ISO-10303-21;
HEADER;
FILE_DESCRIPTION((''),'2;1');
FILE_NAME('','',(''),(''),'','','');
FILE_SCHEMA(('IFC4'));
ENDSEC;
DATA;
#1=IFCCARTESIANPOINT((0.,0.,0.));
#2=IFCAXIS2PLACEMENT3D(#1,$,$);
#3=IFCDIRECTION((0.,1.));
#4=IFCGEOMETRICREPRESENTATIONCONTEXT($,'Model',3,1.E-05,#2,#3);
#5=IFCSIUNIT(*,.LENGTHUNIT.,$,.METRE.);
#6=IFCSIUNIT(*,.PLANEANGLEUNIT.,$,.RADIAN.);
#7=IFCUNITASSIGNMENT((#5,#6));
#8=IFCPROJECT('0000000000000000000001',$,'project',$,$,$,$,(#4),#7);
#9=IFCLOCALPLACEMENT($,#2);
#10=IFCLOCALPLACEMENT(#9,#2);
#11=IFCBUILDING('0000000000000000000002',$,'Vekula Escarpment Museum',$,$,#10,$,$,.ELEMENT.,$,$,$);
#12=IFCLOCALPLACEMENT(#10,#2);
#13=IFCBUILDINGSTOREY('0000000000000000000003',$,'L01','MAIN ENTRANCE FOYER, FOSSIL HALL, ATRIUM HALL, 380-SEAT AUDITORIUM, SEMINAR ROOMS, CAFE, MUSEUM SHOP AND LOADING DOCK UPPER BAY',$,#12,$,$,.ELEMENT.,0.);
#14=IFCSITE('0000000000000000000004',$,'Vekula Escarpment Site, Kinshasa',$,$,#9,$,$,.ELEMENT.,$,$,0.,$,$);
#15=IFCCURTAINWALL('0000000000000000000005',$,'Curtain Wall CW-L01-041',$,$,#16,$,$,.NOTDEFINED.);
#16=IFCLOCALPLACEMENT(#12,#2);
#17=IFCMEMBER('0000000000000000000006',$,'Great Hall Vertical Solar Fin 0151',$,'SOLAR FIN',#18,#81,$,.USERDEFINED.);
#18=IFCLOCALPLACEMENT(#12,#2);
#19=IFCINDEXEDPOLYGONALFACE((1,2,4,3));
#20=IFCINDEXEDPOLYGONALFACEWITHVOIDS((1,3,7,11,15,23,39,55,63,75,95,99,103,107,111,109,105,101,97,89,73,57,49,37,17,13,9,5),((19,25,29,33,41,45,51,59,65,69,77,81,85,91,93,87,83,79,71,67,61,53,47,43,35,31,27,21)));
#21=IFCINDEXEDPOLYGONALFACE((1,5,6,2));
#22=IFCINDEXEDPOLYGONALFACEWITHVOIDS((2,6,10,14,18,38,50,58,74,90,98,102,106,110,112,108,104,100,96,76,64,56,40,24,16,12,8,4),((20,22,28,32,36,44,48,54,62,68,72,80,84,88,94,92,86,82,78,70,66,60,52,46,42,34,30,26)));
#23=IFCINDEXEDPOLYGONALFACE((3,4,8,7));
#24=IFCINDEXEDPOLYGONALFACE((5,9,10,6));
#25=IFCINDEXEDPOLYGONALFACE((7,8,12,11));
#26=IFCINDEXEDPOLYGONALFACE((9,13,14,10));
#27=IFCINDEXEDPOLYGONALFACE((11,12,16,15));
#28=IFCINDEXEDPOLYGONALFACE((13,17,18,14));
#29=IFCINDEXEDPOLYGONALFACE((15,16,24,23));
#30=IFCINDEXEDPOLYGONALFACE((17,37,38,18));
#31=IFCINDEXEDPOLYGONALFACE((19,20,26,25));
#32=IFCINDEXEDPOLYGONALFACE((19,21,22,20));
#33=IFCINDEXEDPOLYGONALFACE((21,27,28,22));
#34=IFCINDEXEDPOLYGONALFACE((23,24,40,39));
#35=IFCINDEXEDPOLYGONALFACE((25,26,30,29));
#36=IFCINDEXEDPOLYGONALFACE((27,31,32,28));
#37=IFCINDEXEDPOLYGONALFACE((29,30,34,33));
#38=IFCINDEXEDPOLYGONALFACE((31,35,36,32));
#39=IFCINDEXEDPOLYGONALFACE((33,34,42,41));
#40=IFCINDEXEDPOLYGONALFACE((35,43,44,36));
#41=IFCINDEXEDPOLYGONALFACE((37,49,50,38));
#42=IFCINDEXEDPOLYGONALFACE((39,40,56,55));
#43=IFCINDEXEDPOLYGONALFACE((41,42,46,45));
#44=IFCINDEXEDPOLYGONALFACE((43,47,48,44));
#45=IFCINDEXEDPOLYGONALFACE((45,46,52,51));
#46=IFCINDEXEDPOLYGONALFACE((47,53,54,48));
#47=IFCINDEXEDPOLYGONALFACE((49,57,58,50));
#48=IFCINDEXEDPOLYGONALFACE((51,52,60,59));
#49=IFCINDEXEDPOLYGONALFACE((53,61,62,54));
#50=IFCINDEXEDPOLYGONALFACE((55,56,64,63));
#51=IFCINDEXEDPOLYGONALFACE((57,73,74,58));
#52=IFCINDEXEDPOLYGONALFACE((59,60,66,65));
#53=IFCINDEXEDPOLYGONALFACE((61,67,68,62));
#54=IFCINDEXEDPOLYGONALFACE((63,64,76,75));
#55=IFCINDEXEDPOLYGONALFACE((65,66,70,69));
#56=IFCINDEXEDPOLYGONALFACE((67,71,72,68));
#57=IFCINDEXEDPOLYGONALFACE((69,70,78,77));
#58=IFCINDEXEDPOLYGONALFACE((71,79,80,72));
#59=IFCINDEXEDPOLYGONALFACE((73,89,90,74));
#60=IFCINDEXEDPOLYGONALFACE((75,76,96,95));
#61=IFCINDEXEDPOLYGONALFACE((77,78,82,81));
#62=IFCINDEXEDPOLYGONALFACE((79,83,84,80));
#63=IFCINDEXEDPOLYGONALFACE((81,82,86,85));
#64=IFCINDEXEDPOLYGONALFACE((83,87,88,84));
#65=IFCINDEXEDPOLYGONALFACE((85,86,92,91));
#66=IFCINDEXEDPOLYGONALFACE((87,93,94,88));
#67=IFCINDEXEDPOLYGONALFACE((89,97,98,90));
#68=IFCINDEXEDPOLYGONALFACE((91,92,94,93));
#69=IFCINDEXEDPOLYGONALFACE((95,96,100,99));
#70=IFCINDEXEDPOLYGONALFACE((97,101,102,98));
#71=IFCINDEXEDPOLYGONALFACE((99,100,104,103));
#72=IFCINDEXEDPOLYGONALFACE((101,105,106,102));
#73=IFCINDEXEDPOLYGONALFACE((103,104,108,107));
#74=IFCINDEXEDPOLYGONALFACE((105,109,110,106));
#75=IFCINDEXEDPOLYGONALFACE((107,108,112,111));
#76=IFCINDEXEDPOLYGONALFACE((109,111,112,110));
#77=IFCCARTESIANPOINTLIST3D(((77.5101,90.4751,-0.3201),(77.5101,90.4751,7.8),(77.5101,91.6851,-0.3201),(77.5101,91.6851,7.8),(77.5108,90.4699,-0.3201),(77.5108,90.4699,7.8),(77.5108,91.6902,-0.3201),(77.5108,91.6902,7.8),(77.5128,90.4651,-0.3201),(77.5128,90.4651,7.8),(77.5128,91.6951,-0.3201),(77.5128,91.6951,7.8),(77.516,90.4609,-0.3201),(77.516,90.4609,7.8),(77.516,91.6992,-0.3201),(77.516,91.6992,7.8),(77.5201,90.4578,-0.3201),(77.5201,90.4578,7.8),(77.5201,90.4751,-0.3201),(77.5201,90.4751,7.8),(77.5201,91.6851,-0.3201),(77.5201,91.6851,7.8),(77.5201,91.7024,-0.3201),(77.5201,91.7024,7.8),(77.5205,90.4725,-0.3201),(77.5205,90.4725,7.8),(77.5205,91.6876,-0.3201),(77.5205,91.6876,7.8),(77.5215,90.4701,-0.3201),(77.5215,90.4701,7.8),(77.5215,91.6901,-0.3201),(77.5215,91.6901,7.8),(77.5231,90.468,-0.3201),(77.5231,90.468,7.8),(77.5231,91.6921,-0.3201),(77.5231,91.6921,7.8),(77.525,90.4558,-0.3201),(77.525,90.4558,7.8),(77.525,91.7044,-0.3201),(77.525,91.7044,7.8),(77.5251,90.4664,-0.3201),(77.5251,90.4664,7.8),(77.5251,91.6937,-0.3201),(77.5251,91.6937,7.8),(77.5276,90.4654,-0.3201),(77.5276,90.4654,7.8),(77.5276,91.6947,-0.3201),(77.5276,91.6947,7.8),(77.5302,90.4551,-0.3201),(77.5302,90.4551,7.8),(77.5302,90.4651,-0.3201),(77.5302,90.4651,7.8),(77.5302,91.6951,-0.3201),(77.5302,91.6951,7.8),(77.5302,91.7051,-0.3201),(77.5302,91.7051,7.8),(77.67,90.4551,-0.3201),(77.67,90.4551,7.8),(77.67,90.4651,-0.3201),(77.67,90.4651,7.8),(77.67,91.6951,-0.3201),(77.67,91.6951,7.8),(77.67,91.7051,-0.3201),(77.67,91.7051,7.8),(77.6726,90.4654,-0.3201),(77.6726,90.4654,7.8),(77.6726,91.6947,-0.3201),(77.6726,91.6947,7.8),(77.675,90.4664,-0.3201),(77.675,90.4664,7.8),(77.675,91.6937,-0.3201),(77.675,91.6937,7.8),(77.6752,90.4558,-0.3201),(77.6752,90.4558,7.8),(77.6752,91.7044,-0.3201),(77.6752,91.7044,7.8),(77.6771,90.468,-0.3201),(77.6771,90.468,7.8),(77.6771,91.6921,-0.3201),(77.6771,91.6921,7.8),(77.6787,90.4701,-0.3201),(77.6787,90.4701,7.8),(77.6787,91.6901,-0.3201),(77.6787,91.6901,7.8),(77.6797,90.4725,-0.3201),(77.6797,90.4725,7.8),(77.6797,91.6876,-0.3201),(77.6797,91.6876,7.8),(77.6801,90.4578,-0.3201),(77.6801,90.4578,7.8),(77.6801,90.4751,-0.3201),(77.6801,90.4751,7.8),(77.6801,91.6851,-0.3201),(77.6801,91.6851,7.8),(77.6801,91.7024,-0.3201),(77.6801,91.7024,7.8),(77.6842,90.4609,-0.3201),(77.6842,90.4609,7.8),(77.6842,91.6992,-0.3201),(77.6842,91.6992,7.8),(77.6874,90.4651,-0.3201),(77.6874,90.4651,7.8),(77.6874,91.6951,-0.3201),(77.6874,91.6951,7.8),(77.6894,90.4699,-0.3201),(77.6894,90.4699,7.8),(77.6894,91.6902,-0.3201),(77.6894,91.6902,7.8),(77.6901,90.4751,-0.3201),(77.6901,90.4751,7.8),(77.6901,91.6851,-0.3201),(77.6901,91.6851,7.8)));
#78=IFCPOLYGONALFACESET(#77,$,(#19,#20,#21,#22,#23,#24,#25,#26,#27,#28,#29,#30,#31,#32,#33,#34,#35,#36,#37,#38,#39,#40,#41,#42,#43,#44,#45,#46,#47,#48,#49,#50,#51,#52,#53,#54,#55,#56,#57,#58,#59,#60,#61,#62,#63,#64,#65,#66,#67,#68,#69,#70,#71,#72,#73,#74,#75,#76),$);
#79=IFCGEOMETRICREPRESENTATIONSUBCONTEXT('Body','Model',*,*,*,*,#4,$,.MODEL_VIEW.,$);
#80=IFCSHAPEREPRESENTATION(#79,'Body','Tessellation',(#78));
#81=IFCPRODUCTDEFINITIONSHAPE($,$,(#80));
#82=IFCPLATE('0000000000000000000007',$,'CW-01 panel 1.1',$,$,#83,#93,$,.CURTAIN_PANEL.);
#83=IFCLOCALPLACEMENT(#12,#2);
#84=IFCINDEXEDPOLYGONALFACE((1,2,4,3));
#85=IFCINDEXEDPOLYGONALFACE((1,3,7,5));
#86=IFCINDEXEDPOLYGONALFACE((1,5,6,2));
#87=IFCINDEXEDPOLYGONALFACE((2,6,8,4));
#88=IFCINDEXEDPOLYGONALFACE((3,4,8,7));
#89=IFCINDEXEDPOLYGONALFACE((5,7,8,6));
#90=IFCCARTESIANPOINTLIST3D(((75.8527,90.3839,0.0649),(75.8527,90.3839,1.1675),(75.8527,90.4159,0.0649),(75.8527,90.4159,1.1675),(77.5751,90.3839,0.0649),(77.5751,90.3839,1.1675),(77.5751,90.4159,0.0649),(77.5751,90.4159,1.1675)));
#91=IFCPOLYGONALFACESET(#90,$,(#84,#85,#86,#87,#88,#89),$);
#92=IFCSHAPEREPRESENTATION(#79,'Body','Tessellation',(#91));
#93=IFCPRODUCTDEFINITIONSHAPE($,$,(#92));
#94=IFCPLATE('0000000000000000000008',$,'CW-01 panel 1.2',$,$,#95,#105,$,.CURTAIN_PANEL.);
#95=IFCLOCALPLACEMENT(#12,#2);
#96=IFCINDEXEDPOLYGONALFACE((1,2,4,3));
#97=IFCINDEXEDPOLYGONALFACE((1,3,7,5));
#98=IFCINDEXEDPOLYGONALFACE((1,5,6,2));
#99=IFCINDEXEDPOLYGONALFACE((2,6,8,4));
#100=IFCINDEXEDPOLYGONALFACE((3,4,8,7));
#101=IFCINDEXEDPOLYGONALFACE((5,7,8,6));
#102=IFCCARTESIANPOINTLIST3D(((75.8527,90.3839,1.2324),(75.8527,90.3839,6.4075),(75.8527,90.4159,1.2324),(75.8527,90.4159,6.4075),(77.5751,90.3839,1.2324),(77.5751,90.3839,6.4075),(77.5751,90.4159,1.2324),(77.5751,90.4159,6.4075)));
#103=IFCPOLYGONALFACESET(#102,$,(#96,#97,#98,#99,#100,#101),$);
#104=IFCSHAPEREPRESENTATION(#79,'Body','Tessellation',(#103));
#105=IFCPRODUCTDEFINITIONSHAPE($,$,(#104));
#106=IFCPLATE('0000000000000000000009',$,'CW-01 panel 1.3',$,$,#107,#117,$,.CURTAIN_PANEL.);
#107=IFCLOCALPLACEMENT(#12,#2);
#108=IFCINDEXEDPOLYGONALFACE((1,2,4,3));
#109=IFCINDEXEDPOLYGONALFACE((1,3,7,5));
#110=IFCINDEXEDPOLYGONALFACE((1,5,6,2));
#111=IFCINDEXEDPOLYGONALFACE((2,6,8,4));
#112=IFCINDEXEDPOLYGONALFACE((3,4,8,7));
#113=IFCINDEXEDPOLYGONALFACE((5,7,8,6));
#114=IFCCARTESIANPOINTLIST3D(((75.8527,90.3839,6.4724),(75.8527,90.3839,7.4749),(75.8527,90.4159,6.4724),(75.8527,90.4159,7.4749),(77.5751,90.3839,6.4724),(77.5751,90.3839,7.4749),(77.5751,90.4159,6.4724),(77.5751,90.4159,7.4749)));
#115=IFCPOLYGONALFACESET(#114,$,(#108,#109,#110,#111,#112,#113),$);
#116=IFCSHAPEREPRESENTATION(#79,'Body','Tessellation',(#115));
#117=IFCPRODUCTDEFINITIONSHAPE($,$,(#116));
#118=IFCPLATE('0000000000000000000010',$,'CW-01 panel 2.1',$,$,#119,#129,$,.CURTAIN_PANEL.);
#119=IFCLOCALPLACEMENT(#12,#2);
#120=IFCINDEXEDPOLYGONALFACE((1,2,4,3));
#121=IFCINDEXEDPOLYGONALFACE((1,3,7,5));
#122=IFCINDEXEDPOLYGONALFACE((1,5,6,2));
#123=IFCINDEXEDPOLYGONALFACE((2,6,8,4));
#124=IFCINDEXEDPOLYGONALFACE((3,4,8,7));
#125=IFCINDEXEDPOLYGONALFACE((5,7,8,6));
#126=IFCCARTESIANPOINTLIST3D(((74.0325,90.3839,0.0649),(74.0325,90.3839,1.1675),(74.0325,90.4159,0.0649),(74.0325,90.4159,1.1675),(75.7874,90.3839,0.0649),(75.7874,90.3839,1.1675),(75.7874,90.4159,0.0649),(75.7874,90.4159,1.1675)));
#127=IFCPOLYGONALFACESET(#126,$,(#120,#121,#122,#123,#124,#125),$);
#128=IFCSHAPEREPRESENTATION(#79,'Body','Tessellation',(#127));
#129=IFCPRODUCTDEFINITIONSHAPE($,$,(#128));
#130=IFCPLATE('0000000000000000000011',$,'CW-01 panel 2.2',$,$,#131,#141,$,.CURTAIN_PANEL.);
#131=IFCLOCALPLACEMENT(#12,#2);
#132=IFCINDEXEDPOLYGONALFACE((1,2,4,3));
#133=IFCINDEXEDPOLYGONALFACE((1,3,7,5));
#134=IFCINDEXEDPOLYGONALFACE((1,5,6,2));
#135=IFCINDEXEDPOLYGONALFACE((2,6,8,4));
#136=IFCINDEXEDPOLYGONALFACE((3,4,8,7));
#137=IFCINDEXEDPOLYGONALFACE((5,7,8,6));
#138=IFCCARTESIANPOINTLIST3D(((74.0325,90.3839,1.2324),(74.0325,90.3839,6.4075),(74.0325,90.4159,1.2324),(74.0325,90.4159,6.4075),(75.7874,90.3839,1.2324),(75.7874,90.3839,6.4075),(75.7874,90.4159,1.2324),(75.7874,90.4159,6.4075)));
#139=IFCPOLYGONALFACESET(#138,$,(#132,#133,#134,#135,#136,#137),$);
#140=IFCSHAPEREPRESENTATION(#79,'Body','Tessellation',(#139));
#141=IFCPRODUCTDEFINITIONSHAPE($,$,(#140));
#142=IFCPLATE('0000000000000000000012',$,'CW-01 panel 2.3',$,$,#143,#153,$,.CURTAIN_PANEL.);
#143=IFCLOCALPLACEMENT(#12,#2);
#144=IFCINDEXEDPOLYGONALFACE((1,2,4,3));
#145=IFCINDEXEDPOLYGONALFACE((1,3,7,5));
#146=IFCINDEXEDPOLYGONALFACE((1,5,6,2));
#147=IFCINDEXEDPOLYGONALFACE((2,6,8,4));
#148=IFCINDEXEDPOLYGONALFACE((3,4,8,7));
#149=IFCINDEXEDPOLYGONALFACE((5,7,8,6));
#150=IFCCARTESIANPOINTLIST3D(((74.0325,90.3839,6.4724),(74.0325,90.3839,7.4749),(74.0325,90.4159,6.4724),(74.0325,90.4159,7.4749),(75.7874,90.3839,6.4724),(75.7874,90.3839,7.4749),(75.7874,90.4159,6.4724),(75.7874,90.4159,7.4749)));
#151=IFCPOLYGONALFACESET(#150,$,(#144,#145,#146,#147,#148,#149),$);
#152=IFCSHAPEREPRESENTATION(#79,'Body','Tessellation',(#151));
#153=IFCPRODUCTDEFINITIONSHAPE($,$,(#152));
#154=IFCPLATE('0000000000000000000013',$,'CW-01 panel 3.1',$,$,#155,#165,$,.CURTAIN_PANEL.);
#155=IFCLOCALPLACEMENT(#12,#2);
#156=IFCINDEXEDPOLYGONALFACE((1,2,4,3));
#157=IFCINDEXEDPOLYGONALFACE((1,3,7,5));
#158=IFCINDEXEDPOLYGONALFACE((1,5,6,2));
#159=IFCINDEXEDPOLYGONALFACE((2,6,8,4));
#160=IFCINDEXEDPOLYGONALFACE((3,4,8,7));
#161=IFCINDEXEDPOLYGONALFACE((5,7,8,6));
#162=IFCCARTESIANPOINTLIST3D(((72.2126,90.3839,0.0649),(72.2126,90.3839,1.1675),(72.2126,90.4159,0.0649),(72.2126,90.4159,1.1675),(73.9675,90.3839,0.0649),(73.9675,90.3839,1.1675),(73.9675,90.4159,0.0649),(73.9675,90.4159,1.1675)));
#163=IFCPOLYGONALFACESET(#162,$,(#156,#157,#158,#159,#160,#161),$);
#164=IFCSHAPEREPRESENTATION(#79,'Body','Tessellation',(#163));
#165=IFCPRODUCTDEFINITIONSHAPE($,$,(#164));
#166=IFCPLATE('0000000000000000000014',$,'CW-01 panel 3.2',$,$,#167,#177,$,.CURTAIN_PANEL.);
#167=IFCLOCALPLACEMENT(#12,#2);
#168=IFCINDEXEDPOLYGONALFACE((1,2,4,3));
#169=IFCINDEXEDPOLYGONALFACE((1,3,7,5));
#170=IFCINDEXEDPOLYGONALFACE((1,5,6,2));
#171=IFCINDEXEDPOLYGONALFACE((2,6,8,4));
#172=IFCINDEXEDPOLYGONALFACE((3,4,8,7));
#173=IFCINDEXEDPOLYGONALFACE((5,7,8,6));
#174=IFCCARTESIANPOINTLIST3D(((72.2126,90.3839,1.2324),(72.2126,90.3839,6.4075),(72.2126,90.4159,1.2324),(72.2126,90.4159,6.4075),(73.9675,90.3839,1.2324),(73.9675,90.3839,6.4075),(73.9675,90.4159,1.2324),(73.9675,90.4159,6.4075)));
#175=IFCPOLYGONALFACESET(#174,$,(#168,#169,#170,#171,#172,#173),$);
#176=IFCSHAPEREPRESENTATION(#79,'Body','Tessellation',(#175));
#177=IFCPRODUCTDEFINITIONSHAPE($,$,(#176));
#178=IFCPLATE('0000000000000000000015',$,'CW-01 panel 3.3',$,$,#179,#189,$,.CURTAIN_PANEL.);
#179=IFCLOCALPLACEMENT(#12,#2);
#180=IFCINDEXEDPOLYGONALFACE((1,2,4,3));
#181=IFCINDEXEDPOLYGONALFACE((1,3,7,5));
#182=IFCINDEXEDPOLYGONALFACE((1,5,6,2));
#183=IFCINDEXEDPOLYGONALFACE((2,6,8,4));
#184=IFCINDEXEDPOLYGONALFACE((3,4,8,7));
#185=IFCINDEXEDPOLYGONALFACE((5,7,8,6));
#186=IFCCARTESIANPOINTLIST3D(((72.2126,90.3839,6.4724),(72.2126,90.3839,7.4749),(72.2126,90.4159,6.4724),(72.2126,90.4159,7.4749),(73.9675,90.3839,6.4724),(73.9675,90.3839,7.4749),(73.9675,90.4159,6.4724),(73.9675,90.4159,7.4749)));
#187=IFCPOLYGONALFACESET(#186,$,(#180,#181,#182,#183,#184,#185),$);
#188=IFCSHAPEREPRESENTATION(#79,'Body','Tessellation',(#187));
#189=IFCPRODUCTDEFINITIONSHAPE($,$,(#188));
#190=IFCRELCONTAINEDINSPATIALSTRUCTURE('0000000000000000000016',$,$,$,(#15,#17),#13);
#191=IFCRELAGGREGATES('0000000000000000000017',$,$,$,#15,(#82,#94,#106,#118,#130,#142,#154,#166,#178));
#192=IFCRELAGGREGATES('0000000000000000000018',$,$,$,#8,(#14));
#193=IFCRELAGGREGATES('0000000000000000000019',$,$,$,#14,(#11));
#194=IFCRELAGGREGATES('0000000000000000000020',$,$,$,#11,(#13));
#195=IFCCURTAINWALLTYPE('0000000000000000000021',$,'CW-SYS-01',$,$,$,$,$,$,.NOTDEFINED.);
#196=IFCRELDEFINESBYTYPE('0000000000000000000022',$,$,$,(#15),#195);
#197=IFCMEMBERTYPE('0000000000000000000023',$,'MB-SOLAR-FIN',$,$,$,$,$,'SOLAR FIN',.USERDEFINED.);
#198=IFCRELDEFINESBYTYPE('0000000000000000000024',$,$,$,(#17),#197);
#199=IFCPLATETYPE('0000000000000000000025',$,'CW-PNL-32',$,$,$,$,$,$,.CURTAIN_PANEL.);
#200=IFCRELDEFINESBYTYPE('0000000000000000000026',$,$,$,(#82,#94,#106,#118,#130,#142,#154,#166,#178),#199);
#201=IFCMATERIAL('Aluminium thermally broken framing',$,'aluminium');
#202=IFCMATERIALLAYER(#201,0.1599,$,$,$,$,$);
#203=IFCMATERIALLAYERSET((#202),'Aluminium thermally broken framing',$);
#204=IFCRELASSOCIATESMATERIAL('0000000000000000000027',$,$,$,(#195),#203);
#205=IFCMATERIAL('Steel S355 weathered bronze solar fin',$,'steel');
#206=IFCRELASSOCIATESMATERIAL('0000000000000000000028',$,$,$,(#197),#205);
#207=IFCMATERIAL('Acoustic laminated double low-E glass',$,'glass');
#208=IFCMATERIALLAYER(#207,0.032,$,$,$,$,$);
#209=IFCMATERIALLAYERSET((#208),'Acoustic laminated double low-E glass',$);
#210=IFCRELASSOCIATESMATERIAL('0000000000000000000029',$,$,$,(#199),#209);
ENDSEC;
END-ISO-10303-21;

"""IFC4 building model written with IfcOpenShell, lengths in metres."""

from ifc_helpers import new_model, si_unit, direction, frame, origin, origin_2d, place, context, subcontext, project, spatial, rectangle, hollow_rectangle, extrude, material, layer, layer_set, material_profile, profile_set, type_object, element, aggregate, save


model = new_model("IFC4")

# Units and contexts
model_context = context("Model", 3, precision=1e-05, world=origin(), true_north=direction((0.0, 1.0)))
body_context = subcontext(model_context, "Body", "Model", "MODEL_VIEW")
ifc_project = project(units=[si_unit("LENGTHUNIT", "METRE"), si_unit("PLANEANGLEUNIT", "RADIAN")], contexts=[model_context])

# Site, building, storey
site_placement = place(None, origin())
site = spatial("IfcSite", under=ifc_project, at=site_placement, Name="Vekula Escarpment Site, Kinshasa", CompositionType="ELEMENT", RefElevation=0.0)
building_placement = place(site_placement, origin())
building = spatial("IfcBuilding", under=site, at=building_placement, Name="Vekula Escarpment Museum", CompositionType="ELEMENT")
storey_placement = place(building_placement, origin())
storey = spatial("IfcBuildingStorey", under=building, at=storey_placement, Name="L01", Description="MAIN ENTRANCE FOYER, FOSSIL HALL, ATRIUM HALL, 380-SEAT AUDITORIUM, SEMINAR ROOMS, CAFE, MUSEUM SHOP AND LOADING DOCK UPPER BAY", CompositionType="ELEMENT", Elevation=0.0)

# Curtain wall
ifc_material_1 = material(Name="Aluminium thermally broken framing", Category="aluminium")
ifc_layer_1 = layer(ifc_material_1, 0.1599)
ifc_layer_set_1 = layer_set([ifc_layer_1], Name="Aluminium thermally broken framing")
curtain_wall_type = type_object("IfcCurtainWallType", Name="CW-SYS-01", PredefinedType="NOTDEFINED", material=ifc_layer_set_1)
curtain_wall_placement = place(storey_placement, origin())
curtain_wall = element("IfcCurtainWall", 1, at=curtain_wall_placement, inside=storey, type_object=curtain_wall_type, Name="Curtain Wall CW-L01-041", PredefinedType="NOTDEFINED")

# Member
ifc_material_2 = material(Name="Steel S355 weathered bronze solar fin", Category="steel")
ifc_material_profile_1 = material_profile(ifc_material_2, hollow_rectangle(XDim=0.1799, YDim=1.25, WallThickness=0.01, InnerFilletRadius=0.01, OuterFilletRadius=0.02, at=origin_2d()), Name="RHS 1250x180x10")
ifc_profile_set_1 = profile_set([ifc_material_profile_1], Name="Steel S355 weathered bronze solar fin")
member_type_1 = type_object("IfcMemberType", Name="MB-SOLAR-FIN", ElementType="SOLAR FIN", PredefinedType="USERDEFINED", material=ifc_profile_set_1)
for number, where, z_axis, x_axis, name in (
    (2, (77.6001, 91.0801, -0.3201), (0.0, 0.0, 1.0), (1.0, 0.0, 0.0), "Great Hall Vertical Solar Fin 0151"),
):
    element("IfcMember", number, at=place(storey_placement, frame(where, z_axis=z_axis, x_axis=x_axis)), inside=storey, type_object=member_type_1, Name=name, ObjectType="SOLAR FIN", PredefinedType="USERDEFINED", context=body_context, shape_type="SweptSolid", body=[
        extrude(hollow_rectangle(XDim=0.1799, YDim=1.25, WallThickness=0.01, InnerFilletRadius=0.01, OuterFilletRadius=0.02, at=origin_2d()), origin(), (0.0, 0.0, 1.0), 8.1201),
    ])

# Plates
ifc_material_3 = material(Name="Acoustic laminated double low-E glass", Category="glass")
ifc_layer_2 = layer(ifc_material_3, 0.032)
ifc_layer_set_2 = layer_set([ifc_layer_2], Name="Acoustic laminated double low-E glass")
plate_type = type_object("IfcPlateType", Name="CW-PNL-32", PredefinedType="CURTAIN_PANEL", material=ifc_layer_set_2)
plate_1_placement = place(storey_placement, frame((76.7139, 90.3999, 0.0649), z_axis=(0.0, 0.0, 1.0), x_axis=(-1.0, 0.0, 0.0)))
plate_1 = element("IfcPlate", 3, at=plate_1_placement, type_object=plate_type, Name="CW-01 panel 1.1", PredefinedType="CURTAIN_PANEL", context=body_context, shape_type="SweptSolid", body=[
    extrude(rectangle(XDim=1.7224, YDim=0.032, at=origin_2d()), origin(), (0.0, 0.0, 1.0), 1.1025),
])
plate_2_placement = place(storey_placement, frame((76.7139, 90.3999, 1.2324), z_axis=(0.0, 0.0, 1.0), x_axis=(-1.0, 0.0, 0.0)))
plate_2 = element("IfcPlate", 4, at=plate_2_placement, type_object=plate_type, Name="CW-01 panel 1.2", PredefinedType="CURTAIN_PANEL", context=body_context, shape_type="SweptSolid", body=[
    extrude(rectangle(XDim=1.7224, YDim=0.032, at=origin_2d()), origin(), (0.0, 0.0, 1.0), 5.175),
])
plate_3_placement = place(storey_placement, frame((76.7139, 90.3999, 6.4724), z_axis=(0.0, 0.0, 1.0), x_axis=(-1.0, 0.0, 0.0)))
plate_3 = element("IfcPlate", 5, at=plate_3_placement, type_object=plate_type, Name="CW-01 panel 1.3", PredefinedType="CURTAIN_PANEL", context=body_context, shape_type="SweptSolid", body=[
    extrude(rectangle(XDim=1.7224, YDim=0.032, at=origin_2d()), origin(), (0.0, 0.0, 1.0), 1.0024),
])
plate_4_placement = place(storey_placement, frame((74.9099, 90.3999, 0.0649), z_axis=(0.0, 0.0, 1.0), x_axis=(-1.0, 0.0, 0.0)))
plate_4 = element("IfcPlate", 6, at=plate_4_placement, type_object=plate_type, Name="CW-01 panel 2.1", PredefinedType="CURTAIN_PANEL", context=body_context, shape_type="SweptSolid", body=[
    extrude(rectangle(XDim=1.7549, YDim=0.032, at=origin_2d()), origin(), (0.0, 0.0, 1.0), 1.1025),
])
plate_5_placement = place(storey_placement, frame((74.9099, 90.3999, 1.2324), z_axis=(0.0, 0.0, 1.0), x_axis=(-1.0, 0.0, 0.0)))
plate_5 = element("IfcPlate", 7, at=plate_5_placement, type_object=plate_type, Name="CW-01 panel 2.2", PredefinedType="CURTAIN_PANEL", context=body_context, shape_type="SweptSolid", body=[
    extrude(rectangle(XDim=1.7549, YDim=0.032, at=origin_2d()), origin(), (0.0, 0.0, 1.0), 5.175),
])
plate_6_placement = place(storey_placement, frame((74.9099, 90.3999, 6.4724), z_axis=(0.0, 0.0, 1.0), x_axis=(-1.0, 0.0, 0.0)))
plate_6 = element("IfcPlate", 8, at=plate_6_placement, type_object=plate_type, Name="CW-01 panel 2.3", PredefinedType="CURTAIN_PANEL", context=body_context, shape_type="SweptSolid", body=[
    extrude(rectangle(XDim=1.7549, YDim=0.032, at=origin_2d()), origin(), (0.0, 0.0, 1.0), 1.0024),
])
plate_7_placement = place(storey_placement, frame((73.0901, 90.3999, 0.0649), z_axis=(0.0, 0.0, 1.0), x_axis=(-1.0, 0.0, 0.0)))
plate_7 = element("IfcPlate", 9, at=plate_7_placement, type_object=plate_type, Name="CW-01 panel 3.1", PredefinedType="CURTAIN_PANEL", context=body_context, shape_type="SweptSolid", body=[
    extrude(rectangle(XDim=1.7549, YDim=0.032, at=origin_2d()), origin(), (0.0, 0.0, 1.0), 1.1025),
])
plate_8_placement = place(storey_placement, frame((73.0901, 90.3999, 1.2324), z_axis=(0.0, 0.0, 1.0), x_axis=(-1.0, 0.0, 0.0)))
plate_8 = element("IfcPlate", 10, at=plate_8_placement, type_object=plate_type, Name="CW-01 panel 3.2", PredefinedType="CURTAIN_PANEL", context=body_context, shape_type="SweptSolid", body=[
    extrude(rectangle(XDim=1.7549, YDim=0.032, at=origin_2d()), origin(), (0.0, 0.0, 1.0), 5.175),
])
plate_9_placement = place(storey_placement, frame((73.0901, 90.3999, 6.4724), z_axis=(0.0, 0.0, 1.0), x_axis=(-1.0, 0.0, 0.0)))
plate_9 = element("IfcPlate", 11, at=plate_9_placement, type_object=plate_type, Name="CW-01 panel 3.3", PredefinedType="CURTAIN_PANEL", context=body_context, shape_type="SweptSolid", body=[
    extrude(rectangle(XDim=1.7549, YDim=0.032, at=origin_2d()), origin(), (0.0, 0.0, 1.0), 1.0024),
])
aggregate(curtain_wall, [plate_1, plate_2, plate_3, plate_4, plate_5, plate_6, plate_7, plate_8, plate_9])

save(model, "model.ifc")
